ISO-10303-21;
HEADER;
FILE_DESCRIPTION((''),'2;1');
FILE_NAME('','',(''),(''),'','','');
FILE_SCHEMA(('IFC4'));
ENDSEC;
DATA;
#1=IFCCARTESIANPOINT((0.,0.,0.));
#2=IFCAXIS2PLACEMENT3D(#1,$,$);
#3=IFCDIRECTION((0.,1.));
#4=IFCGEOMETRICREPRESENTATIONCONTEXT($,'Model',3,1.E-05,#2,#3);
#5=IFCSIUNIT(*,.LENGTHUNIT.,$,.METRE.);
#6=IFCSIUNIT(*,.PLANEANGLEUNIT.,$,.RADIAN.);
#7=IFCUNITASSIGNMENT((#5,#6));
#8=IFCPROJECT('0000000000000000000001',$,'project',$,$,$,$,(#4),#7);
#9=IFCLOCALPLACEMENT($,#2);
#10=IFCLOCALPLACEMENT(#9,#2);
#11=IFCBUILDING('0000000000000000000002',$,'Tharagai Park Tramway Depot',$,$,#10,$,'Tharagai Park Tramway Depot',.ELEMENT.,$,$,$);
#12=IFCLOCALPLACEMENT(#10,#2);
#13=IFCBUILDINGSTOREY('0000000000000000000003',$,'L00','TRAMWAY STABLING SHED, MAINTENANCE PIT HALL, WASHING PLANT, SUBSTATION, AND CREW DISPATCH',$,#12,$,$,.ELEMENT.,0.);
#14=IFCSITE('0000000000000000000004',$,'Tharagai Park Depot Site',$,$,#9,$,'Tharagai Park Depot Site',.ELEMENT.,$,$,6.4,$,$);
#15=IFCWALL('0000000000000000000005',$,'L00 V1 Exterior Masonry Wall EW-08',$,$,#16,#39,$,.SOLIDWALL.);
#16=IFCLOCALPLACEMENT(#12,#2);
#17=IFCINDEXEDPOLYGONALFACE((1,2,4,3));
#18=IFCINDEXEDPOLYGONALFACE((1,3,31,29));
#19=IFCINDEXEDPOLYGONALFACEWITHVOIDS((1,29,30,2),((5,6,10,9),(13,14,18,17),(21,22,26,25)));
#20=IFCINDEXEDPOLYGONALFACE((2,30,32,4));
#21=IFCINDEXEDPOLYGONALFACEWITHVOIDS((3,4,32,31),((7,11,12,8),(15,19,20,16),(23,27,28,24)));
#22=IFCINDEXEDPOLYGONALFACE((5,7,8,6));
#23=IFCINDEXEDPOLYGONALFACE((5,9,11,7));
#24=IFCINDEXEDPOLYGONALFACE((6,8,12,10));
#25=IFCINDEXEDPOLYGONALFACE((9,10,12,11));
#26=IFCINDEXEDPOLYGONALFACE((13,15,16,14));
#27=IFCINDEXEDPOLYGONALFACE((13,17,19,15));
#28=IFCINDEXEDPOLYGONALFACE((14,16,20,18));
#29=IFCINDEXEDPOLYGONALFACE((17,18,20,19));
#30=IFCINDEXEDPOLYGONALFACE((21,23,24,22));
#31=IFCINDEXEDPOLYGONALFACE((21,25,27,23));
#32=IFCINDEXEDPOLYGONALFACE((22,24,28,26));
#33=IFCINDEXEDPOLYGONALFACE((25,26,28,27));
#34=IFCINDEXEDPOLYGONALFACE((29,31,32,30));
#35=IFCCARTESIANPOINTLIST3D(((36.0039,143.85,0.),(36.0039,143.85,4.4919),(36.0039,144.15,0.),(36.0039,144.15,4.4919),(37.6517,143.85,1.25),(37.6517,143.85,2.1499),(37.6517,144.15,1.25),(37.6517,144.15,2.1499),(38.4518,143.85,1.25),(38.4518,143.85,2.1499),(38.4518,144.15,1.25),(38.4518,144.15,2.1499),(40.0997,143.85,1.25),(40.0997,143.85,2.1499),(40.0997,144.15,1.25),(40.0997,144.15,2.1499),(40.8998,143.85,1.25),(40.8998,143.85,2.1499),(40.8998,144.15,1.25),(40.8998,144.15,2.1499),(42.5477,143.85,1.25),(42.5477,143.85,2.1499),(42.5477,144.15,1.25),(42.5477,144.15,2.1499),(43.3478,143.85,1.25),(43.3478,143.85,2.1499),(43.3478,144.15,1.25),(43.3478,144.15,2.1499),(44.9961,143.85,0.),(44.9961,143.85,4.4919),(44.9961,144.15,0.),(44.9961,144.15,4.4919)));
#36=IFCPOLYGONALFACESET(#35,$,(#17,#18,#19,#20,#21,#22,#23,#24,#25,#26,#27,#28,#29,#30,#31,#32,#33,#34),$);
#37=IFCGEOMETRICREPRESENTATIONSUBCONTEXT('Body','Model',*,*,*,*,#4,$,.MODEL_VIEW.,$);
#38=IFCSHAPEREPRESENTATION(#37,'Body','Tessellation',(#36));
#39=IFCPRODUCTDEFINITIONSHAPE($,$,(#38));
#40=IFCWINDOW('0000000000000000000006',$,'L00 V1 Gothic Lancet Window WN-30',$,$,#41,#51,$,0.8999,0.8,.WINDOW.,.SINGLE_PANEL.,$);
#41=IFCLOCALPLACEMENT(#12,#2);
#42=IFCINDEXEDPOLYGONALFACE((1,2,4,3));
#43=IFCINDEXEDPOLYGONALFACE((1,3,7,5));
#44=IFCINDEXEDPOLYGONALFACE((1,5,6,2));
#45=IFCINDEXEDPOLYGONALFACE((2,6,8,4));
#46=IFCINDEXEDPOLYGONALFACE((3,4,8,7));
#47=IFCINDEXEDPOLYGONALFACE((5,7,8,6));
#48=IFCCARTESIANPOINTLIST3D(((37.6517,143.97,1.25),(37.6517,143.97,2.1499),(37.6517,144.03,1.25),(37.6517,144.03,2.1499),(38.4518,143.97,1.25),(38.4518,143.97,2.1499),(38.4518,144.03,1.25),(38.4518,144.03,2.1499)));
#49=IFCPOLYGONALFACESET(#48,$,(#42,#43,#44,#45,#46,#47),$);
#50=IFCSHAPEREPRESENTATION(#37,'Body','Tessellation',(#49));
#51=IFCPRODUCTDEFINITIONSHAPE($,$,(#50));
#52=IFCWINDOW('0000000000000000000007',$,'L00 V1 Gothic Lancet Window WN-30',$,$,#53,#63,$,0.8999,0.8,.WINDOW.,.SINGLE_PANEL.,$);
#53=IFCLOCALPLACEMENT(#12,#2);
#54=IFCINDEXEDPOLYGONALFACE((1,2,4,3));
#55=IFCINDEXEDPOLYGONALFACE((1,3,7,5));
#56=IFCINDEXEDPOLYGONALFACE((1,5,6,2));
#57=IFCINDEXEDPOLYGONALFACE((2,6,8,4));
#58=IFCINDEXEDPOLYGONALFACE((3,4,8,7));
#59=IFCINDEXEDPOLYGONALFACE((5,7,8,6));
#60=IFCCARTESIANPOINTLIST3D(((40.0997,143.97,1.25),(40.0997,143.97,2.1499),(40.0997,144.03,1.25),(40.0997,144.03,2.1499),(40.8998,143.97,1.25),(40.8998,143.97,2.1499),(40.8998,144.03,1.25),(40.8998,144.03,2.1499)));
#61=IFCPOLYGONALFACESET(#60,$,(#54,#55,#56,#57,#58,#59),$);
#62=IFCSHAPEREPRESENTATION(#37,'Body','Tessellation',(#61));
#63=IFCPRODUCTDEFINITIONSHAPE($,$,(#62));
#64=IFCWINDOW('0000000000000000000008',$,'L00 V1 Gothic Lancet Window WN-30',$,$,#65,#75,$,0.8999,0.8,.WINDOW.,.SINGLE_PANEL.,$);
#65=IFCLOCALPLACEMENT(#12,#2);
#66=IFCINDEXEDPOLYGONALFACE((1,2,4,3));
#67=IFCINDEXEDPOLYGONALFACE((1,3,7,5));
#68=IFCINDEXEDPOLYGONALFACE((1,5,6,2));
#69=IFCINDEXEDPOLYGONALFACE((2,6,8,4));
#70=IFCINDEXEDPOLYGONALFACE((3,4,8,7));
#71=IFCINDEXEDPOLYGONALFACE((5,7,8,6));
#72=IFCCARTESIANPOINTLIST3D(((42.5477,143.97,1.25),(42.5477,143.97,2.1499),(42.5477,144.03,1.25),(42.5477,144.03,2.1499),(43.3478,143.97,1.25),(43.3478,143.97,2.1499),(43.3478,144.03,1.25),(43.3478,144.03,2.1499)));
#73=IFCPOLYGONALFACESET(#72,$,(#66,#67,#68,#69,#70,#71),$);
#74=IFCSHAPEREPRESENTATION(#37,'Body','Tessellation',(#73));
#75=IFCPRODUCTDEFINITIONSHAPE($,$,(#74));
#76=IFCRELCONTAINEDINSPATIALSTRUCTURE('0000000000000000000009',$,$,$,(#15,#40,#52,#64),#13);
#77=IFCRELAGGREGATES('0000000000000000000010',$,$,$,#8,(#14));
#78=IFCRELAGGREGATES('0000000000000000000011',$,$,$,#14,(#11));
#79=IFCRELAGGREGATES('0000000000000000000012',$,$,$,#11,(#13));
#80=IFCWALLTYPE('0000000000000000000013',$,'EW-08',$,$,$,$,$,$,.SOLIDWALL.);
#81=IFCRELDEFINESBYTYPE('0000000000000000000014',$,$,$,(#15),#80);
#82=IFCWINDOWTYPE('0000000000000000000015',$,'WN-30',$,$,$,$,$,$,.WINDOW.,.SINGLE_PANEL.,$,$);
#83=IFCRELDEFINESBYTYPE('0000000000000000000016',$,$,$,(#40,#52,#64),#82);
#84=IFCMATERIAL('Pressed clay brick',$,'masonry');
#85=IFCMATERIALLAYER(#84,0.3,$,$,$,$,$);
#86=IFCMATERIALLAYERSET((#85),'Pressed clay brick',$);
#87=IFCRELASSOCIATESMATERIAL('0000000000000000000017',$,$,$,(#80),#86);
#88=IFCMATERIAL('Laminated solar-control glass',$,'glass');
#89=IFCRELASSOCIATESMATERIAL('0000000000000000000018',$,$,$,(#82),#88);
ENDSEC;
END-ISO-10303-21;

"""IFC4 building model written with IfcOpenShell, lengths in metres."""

from ifc_helpers import new_model, si_unit, direction, frame, frame_2d, origin, place, context, subcontext, project, spatial, rectangle, extrude, material, layer, layer_set, type_object, element, fill, save


model = new_model("IFC4")

# Units and contexts
model_context = context("Model", 3, precision=1e-05, world=origin(), true_north=direction((0.0, 1.0)))
body_context = subcontext(model_context, "Body", "Model", "MODEL_VIEW")
ifc_project = project(units=[si_unit("LENGTHUNIT", "METRE"), si_unit("PLANEANGLEUNIT", "RADIAN")], contexts=[model_context])

# Site, building, storey
site_placement = place(None, origin())
site = spatial("IfcSite", under=ifc_project, at=site_placement, Name="Tharagai Park Depot Site", LongName="Tharagai Park Depot Site", CompositionType="ELEMENT", RefElevation=6.4)
building_placement = place(site_placement, origin())
building = spatial("IfcBuilding", under=site, at=building_placement, Name="Tharagai Park Tramway Depot", LongName="Tharagai Park Tramway Depot", CompositionType="ELEMENT")
storey_placement = place(building_placement, origin())
storey = spatial("IfcBuildingStorey", under=building, at=storey_placement, Name="L00", Description="TRAMWAY STABLING SHED, MAINTENANCE PIT HALL, WASHING PLANT, SUBSTATION, AND CREW DISPATCH", CompositionType="ELEMENT", Elevation=0.0)

# Wall, openings, windows
ifc_material_1 = material(Name="Pressed clay brick", Category="masonry")
ifc_layer = layer(ifc_material_1, 0.3)
ifc_layer_set = layer_set([ifc_layer], Name="Pressed clay brick")
wall_type = type_object("IfcWallType", Name="EW-08", PredefinedType="SOLIDWALL", material=ifc_layer_set)
ifc_material_2 = material(Name="Laminated solar-control glass", Category="glass")
wall_1_placement = place(storey_placement, frame((36.0039, 144.0, 0.0), z_axis=(0.0, 0.0, 1.0), x_axis=(1.0, 0.0, 0.0)))
wall_1 = element("IfcWall", 1, at=wall_1_placement, inside=storey, type_object=wall_type, Name="L00 V1 Exterior Masonry Wall EW-08", PredefinedType="SOLIDWALL", context=body_context, shape_type="SweptSolid", body=[
    extrude(rectangle(XDim=8.9922, YDim=0.3, at=frame_2d((4.4961, 0.0))), origin(), (0.0, 0.0, 1.0), 4.4919),
])
opening_1_placement = place(wall_1_placement, frame((1.6479, 0.0, 1.25)))
opening_1 = element("IfcOpeningElement", 2, at=opening_1_placement, cuts=wall_1, PredefinedType="OPENING", context=body_context, shape_type="SweptSolid", body=[
    extrude(rectangle(XDim=0.8, YDim=0.8999, at=frame_2d((0.3999, 0.45))), frame((0.0, 0.1599, 0.0), z_axis=(0.0, -1.0, 0.0), x_axis=(1.0, 0.0, 0.0)), (0.0, 0.0, 1.0), 0.3201),
])
opening_2_placement = place(wall_1_placement, frame((4.0959, 0.0, 1.25)))
opening_2 = element("IfcOpeningElement", 3, at=opening_2_placement, cuts=wall_1, PredefinedType="OPENING", context=body_context, shape_type="SweptSolid", body=[
    extrude(rectangle(XDim=0.8, YDim=0.8999, at=frame_2d((0.3999, 0.45))), frame((0.0, 0.1599, 0.0), z_axis=(0.0, -1.0, 0.0), x_axis=(1.0, 0.0, 0.0)), (0.0, 0.0, 1.0), 0.3201),
])
opening_3_placement = place(wall_1_placement, frame((6.5439, 0.0, 1.25)))
opening_3 = element("IfcOpeningElement", 4, at=opening_3_placement, cuts=wall_1, PredefinedType="OPENING", context=body_context, shape_type="SweptSolid", body=[
    extrude(rectangle(XDim=0.8, YDim=0.8999, at=frame_2d((0.3999, 0.45))), frame((0.0, 0.1599, 0.0), z_axis=(0.0, -1.0, 0.0), x_axis=(1.0, 0.0, 0.0)), (0.0, 0.0, 1.0), 0.3201),
])
window_type_1 = type_object("IfcWindowType", Name="WN-30", PartitioningType="SINGLE_PANEL", PredefinedType="WINDOW", material=ifc_material_2)
window_1_placement = place(opening_1_placement, origin())
window_1 = element("IfcWindow", 5, at=window_1_placement, inside=storey, type_object=window_type_1, Name="L00 V1 Gothic Lancet Window WN-30", OverallHeight=0.8999, OverallWidth=0.8, PartitioningType="SINGLE_PANEL", PredefinedType="WINDOW", context=body_context, shape_type="SweptSolid", body=[
    extrude(rectangle(XDim=0.8, YDim=0.8999, at=frame_2d((0.3999, 0.45))), frame((0.0, 0.03, 0.0), z_axis=(0.0, -1.0, 0.0), x_axis=(1.0, 0.0, 0.0)), (0.0, 0.0, 1.0), 0.0601),
])
fill(opening_1, window_1)
window_2_placement = place(opening_2_placement, origin())
window_2 = element("IfcWindow", 6, at=window_2_placement, inside=storey, type_object=window_type_1, Name="L00 V1 Gothic Lancet Window WN-30", OverallHeight=0.8999, OverallWidth=0.8, PartitioningType="SINGLE_PANEL", PredefinedType="WINDOW", context=body_context, shape_type="SweptSolid", body=[
    extrude(rectangle(XDim=0.8, YDim=0.8999, at=frame_2d((0.3999, 0.45))), frame((0.0, 0.03, 0.0), z_axis=(0.0, -1.0, 0.0), x_axis=(1.0, 0.0, 0.0)), (0.0, 0.0, 1.0), 0.0601),
])
fill(opening_2, window_2)
window_3_placement = place(opening_3_placement, origin())
window_3 = element("IfcWindow", 7, at=window_3_placement, inside=storey, type_object=window_type_1, Name="L00 V1 Gothic Lancet Window WN-30", OverallHeight=0.8999, OverallWidth=0.8, PartitioningType="SINGLE_PANEL", PredefinedType="WINDOW", context=body_context, shape_type="SweptSolid", body=[
    extrude(rectangle(XDim=0.8, YDim=0.8999, at=frame_2d((0.3999, 0.45))), frame((0.0, 0.03, 0.0), z_axis=(0.0, -1.0, 0.0), x_axis=(1.0, 0.0, 0.0)), (0.0, 0.0, 1.0), 0.0601),
])
fill(opening_3, window_3)

save(model, "model.ifc")
